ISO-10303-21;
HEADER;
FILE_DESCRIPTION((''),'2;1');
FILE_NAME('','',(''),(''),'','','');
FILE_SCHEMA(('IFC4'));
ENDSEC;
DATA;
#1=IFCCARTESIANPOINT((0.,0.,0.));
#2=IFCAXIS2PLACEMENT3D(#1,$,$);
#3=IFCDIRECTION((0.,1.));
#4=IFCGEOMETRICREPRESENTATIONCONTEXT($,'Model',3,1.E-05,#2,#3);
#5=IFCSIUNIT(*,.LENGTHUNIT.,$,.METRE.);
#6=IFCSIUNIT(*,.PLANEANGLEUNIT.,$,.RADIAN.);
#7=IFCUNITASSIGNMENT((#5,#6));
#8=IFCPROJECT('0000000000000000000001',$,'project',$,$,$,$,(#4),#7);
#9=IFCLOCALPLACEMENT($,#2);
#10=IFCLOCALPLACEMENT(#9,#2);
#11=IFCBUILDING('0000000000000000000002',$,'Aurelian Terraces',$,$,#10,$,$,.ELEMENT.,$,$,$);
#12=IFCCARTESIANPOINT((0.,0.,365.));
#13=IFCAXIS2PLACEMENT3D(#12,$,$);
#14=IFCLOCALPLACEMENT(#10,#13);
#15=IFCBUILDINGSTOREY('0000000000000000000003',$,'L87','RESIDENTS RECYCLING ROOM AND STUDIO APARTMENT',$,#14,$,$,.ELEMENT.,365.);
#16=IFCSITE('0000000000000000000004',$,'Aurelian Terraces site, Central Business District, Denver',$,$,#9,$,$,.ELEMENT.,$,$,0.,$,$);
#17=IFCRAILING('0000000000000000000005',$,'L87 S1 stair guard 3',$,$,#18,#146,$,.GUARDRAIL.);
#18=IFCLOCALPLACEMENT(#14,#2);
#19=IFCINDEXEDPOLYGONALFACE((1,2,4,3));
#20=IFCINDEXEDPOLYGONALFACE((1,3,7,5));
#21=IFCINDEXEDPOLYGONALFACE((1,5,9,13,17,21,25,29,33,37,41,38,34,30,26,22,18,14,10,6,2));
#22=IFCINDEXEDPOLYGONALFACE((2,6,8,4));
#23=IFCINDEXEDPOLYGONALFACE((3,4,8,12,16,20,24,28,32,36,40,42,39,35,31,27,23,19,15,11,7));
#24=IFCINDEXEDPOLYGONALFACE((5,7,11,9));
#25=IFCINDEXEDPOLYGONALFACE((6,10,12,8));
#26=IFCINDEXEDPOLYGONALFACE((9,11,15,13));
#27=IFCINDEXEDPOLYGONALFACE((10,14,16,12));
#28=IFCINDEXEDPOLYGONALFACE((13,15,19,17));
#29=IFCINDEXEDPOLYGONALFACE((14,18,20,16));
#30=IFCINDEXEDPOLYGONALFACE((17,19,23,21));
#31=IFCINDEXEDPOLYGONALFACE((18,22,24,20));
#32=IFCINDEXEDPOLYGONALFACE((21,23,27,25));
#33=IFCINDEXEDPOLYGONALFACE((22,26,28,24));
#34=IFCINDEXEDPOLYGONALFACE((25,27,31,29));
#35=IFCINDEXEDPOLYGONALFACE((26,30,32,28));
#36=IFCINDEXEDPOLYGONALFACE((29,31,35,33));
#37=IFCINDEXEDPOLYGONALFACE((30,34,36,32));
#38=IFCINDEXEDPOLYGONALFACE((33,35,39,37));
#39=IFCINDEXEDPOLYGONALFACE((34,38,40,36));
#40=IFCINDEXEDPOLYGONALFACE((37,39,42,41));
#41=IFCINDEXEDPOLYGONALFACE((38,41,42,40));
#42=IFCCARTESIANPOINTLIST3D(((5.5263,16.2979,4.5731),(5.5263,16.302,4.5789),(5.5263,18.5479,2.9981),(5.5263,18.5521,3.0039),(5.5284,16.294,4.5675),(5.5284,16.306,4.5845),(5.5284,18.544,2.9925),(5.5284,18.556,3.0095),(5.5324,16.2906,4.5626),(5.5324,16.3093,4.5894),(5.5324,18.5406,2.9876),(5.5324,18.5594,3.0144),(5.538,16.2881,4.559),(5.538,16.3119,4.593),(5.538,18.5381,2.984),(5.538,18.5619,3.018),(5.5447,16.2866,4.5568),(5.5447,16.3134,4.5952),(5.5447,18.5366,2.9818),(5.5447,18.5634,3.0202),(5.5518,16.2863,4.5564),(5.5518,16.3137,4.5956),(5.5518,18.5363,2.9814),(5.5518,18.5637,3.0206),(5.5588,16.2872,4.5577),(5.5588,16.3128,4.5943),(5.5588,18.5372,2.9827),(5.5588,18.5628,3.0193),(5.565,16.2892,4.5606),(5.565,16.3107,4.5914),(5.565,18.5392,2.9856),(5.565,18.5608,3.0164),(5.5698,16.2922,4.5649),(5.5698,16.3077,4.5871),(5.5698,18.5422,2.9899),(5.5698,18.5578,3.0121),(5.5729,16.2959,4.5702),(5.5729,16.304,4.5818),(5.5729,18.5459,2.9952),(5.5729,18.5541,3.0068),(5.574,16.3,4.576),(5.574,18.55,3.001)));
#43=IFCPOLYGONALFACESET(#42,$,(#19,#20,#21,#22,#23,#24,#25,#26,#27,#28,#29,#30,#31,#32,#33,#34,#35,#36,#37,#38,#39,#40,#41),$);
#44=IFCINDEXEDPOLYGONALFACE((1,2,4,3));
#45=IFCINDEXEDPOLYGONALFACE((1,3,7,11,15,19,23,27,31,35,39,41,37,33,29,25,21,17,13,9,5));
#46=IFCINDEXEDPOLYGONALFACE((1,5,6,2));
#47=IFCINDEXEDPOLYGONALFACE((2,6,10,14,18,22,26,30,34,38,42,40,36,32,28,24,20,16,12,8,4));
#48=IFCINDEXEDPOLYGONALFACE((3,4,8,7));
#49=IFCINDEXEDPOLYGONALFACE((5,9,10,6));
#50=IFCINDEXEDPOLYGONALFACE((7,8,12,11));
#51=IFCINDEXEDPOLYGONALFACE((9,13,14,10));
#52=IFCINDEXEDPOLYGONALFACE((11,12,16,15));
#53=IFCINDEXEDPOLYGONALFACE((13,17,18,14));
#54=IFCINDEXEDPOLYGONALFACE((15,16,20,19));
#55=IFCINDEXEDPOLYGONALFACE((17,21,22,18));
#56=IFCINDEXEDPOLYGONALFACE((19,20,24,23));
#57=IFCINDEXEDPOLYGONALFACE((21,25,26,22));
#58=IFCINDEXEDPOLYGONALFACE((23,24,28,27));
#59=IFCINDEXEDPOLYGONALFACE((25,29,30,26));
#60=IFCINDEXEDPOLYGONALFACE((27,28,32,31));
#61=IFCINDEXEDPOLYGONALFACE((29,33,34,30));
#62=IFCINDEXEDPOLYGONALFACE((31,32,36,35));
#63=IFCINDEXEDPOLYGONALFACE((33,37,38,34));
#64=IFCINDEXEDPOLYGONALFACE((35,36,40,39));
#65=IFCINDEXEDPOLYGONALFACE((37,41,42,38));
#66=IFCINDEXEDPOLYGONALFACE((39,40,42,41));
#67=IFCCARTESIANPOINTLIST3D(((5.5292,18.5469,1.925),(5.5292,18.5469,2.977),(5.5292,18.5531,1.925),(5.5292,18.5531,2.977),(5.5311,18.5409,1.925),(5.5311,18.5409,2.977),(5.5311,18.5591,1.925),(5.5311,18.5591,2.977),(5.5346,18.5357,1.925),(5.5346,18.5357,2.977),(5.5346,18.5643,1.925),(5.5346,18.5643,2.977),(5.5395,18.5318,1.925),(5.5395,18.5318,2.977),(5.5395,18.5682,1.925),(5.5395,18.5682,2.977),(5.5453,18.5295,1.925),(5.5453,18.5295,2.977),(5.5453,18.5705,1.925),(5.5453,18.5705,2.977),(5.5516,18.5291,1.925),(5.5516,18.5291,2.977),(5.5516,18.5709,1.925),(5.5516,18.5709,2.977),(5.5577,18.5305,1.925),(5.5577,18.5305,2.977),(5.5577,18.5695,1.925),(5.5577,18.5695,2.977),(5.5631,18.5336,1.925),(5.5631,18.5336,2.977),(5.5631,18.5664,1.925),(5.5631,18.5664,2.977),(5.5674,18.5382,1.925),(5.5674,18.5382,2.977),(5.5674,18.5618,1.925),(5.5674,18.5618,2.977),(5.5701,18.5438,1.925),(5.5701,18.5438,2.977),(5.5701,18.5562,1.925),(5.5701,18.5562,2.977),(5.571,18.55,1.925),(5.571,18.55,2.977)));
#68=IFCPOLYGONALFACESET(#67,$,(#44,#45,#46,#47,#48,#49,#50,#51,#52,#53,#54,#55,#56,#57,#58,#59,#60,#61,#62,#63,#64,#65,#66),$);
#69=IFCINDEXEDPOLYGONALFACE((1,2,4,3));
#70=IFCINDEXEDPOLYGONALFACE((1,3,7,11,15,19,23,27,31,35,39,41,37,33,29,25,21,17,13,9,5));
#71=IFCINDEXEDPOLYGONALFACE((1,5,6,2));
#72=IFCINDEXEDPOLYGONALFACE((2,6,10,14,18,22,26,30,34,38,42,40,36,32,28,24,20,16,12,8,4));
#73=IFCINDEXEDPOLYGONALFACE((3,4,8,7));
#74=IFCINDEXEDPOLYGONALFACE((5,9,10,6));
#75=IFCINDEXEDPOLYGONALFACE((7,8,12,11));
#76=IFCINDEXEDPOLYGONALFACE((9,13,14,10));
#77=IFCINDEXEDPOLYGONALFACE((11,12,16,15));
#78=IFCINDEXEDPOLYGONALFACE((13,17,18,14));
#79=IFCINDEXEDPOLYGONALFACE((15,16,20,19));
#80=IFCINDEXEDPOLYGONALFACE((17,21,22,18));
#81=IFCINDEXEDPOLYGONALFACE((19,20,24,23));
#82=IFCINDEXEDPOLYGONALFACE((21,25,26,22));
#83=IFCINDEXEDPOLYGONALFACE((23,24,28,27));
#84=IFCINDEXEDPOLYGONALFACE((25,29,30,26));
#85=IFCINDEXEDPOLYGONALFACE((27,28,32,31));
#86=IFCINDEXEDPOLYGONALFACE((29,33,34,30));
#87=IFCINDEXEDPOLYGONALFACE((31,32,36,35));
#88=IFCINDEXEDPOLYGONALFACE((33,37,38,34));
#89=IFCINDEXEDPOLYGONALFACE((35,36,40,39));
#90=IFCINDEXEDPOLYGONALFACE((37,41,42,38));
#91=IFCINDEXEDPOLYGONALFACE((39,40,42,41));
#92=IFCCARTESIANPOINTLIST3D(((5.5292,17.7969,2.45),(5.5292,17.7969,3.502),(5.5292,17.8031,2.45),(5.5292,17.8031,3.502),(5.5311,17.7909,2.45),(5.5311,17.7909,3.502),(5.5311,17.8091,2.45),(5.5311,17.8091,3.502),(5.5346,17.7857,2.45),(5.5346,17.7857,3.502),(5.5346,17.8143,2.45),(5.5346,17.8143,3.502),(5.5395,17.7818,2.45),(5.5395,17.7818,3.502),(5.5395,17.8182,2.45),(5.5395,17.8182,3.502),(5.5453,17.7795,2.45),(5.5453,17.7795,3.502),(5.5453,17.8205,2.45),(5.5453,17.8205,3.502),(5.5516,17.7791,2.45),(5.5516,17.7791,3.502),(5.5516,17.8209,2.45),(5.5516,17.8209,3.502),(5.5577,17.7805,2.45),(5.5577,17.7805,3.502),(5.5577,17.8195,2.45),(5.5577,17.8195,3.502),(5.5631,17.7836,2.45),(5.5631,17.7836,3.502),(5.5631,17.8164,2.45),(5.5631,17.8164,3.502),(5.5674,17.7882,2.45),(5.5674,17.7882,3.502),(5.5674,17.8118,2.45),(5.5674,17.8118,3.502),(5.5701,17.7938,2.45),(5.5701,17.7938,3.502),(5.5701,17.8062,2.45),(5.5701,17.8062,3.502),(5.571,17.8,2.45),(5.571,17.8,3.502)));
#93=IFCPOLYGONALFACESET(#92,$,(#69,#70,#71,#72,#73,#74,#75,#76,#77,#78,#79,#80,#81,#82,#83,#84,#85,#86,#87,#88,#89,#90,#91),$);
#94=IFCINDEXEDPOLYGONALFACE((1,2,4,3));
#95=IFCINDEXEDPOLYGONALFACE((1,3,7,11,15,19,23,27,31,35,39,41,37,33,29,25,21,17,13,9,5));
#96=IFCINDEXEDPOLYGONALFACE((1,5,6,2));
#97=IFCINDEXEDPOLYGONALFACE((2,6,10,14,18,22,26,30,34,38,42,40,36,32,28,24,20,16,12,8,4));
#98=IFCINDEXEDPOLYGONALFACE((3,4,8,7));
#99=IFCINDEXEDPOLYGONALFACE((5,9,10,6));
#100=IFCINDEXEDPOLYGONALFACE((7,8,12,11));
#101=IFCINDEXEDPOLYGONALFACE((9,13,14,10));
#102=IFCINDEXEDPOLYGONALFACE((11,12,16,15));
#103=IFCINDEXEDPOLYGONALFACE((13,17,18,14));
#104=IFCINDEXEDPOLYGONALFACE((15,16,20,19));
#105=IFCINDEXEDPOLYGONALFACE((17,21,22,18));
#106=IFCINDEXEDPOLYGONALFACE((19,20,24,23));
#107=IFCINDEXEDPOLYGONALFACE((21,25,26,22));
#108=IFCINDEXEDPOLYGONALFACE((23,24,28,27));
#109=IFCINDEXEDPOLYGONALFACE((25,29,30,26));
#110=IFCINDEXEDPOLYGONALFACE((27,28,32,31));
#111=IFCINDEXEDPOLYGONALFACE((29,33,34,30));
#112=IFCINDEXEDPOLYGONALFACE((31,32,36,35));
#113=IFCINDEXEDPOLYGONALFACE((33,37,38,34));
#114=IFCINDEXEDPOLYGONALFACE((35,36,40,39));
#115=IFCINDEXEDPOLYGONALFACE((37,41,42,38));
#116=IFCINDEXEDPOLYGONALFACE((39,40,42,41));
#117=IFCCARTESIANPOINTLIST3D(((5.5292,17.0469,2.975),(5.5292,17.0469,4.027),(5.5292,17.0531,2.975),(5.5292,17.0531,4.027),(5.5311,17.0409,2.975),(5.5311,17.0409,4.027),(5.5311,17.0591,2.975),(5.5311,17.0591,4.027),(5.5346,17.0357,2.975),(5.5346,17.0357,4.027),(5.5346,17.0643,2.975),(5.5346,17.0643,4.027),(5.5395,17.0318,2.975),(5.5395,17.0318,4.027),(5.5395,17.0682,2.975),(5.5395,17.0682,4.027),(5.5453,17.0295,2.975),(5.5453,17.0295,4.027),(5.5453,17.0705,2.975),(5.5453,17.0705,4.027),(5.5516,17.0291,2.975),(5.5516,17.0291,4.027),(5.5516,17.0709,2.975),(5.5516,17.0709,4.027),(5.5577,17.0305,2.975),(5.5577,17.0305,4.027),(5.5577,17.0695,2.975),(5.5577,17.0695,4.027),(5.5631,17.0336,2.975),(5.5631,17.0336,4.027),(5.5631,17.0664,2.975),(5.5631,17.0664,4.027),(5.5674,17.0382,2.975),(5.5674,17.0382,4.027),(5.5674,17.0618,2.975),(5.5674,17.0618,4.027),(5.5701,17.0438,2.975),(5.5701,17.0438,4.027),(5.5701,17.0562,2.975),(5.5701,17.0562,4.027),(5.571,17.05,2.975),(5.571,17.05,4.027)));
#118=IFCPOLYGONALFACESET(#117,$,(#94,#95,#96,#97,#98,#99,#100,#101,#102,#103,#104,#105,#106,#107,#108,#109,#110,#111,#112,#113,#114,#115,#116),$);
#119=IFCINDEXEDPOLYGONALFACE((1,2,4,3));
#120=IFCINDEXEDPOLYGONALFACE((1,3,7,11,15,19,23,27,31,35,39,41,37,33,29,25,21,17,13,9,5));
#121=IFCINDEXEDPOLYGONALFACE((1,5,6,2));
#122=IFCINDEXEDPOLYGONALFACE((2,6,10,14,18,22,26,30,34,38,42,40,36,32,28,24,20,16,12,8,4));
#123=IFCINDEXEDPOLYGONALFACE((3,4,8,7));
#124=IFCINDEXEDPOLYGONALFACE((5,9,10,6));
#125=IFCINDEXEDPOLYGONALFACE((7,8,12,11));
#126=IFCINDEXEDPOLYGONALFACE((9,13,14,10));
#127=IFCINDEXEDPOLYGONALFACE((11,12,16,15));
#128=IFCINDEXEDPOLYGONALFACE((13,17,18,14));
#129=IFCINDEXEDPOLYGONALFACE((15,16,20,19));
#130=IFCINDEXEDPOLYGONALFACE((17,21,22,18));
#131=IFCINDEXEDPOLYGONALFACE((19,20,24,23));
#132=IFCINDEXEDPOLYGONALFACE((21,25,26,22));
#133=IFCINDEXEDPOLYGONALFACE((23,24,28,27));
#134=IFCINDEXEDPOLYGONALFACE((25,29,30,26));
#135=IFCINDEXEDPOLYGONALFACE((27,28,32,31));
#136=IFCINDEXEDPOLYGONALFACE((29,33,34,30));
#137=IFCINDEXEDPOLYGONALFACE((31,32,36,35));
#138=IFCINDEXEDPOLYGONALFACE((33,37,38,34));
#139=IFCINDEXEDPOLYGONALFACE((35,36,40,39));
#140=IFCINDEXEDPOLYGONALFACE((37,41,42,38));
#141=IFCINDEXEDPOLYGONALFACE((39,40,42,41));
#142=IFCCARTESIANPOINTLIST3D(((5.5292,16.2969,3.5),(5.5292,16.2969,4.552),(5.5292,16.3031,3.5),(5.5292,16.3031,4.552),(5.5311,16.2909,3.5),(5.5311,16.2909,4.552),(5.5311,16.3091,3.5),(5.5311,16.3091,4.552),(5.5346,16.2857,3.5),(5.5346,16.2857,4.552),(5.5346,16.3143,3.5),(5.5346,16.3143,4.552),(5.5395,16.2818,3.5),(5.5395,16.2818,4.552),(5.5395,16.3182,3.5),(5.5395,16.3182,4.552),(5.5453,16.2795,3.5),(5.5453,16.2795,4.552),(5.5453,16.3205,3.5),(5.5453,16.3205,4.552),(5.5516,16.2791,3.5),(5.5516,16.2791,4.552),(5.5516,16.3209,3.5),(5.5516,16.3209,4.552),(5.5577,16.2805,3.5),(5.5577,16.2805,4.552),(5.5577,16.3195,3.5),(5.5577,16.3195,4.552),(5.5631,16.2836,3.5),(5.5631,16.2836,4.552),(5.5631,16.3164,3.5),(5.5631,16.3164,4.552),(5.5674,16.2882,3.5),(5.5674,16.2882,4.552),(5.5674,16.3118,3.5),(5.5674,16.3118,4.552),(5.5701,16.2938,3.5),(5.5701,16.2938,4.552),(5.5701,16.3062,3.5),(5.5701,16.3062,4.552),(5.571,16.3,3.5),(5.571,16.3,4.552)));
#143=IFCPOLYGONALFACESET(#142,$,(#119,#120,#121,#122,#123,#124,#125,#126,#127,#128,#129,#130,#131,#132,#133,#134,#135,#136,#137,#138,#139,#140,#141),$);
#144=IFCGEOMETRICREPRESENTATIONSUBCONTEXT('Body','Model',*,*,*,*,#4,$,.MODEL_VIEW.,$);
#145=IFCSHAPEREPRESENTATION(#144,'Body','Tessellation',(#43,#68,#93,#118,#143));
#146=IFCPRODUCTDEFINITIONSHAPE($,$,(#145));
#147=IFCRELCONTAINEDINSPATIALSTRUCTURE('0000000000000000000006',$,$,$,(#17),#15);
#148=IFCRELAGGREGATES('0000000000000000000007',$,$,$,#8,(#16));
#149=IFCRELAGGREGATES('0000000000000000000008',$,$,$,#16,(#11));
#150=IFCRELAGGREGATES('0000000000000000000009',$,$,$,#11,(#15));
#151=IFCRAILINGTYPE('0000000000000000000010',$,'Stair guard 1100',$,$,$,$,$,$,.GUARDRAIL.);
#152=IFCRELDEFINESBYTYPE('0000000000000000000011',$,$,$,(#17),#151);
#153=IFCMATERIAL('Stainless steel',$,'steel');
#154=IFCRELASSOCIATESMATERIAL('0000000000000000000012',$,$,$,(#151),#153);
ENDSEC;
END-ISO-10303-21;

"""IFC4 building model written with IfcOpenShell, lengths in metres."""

from ifc_helpers import new_model, si_unit, direction, frame, origin, origin_2d, place, context, subcontext, project, spatial, circle, extrude, source, transform, mapped, material, type_object, element, save


model = new_model("IFC4")

# Units and contexts
model_context = context("Model", 3, precision=1e-05, world=origin(), true_north=direction((0.0, 1.0)))
body_context = subcontext(model_context, "Body", "Model", "MODEL_VIEW")
ifc_project = project(units=[si_unit("LENGTHUNIT", "METRE"), si_unit("PLANEANGLEUNIT", "RADIAN")], contexts=[model_context])

# Site, building, storey
site_placement = place(None, origin())
site = spatial("IfcSite", under=ifc_project, at=site_placement, Name="Aurelian Terraces site, Central Business District, Denver", CompositionType="ELEMENT", RefElevation=0.0)
building_placement = place(site_placement, origin())
building = spatial("IfcBuilding", under=site, at=building_placement, Name="Aurelian Terraces", CompositionType="ELEMENT")
storey_placement = place(building_placement, frame((0.0, 0.0, 365.0)))
storey = spatial("IfcBuildingStorey", under=building, at=storey_placement, Name="L87", Description="RESIDENTS RECYCLING ROOM AND STUDIO APARTMENT", CompositionType="ELEMENT", Elevation=365.0)

# Railing
ifc_material_1 = material(Name="Stainless steel", Category="steel")
railing_type_1 = type_object("IfcRailingType", Name="Stair guard 1100", PredefinedType="GUARDRAIL", material=ifc_material_1)
shared_shape_1 = source(origin(), body_context, "Body", "SweptSolid", [
    extrude(circle(Radius=0.024, at=origin_2d()), frame((0.0, 0.0, 1.076), z_axis=(0.0, -0.819232, 0.573462), x_axis=(1.0, 0.0, 0.0)), (0.0, 0.0, 1.0), 2.7465),
    extrude(circle(Radius=0.021, at=origin_2d()), origin(), (0.0, 0.0, 1.0), 1.052),
    extrude(circle(Radius=0.021, at=origin_2d()), frame((0.0, -0.75, 0.525)), (0.0, 0.0, 1.0), 1.052),
    extrude(circle(Radius=0.021, at=origin_2d()), frame((0.0, -1.5, 1.05)), (0.0, 0.0, 1.0), 1.052),
    extrude(circle(Radius=0.021, at=origin_2d()), frame((0.0, -2.25, 1.575)), (0.0, 0.0, 1.0), 1.052),
])
railing_1_placement = place(storey_placement, frame((5.55, 18.55, 1.925)))
element("IfcRailing", 1, at=railing_1_placement, inside=storey, type_object=railing_type_1, Name="L87 S1 stair guard 3", PredefinedType="GUARDRAIL", context=body_context, shape_type="MappedRepresentation", body=[
    mapped(shared_shape_1, transform((0.0, 0.0, 0.0), scale=1.0)),
])

save(model, "model.ifc")
